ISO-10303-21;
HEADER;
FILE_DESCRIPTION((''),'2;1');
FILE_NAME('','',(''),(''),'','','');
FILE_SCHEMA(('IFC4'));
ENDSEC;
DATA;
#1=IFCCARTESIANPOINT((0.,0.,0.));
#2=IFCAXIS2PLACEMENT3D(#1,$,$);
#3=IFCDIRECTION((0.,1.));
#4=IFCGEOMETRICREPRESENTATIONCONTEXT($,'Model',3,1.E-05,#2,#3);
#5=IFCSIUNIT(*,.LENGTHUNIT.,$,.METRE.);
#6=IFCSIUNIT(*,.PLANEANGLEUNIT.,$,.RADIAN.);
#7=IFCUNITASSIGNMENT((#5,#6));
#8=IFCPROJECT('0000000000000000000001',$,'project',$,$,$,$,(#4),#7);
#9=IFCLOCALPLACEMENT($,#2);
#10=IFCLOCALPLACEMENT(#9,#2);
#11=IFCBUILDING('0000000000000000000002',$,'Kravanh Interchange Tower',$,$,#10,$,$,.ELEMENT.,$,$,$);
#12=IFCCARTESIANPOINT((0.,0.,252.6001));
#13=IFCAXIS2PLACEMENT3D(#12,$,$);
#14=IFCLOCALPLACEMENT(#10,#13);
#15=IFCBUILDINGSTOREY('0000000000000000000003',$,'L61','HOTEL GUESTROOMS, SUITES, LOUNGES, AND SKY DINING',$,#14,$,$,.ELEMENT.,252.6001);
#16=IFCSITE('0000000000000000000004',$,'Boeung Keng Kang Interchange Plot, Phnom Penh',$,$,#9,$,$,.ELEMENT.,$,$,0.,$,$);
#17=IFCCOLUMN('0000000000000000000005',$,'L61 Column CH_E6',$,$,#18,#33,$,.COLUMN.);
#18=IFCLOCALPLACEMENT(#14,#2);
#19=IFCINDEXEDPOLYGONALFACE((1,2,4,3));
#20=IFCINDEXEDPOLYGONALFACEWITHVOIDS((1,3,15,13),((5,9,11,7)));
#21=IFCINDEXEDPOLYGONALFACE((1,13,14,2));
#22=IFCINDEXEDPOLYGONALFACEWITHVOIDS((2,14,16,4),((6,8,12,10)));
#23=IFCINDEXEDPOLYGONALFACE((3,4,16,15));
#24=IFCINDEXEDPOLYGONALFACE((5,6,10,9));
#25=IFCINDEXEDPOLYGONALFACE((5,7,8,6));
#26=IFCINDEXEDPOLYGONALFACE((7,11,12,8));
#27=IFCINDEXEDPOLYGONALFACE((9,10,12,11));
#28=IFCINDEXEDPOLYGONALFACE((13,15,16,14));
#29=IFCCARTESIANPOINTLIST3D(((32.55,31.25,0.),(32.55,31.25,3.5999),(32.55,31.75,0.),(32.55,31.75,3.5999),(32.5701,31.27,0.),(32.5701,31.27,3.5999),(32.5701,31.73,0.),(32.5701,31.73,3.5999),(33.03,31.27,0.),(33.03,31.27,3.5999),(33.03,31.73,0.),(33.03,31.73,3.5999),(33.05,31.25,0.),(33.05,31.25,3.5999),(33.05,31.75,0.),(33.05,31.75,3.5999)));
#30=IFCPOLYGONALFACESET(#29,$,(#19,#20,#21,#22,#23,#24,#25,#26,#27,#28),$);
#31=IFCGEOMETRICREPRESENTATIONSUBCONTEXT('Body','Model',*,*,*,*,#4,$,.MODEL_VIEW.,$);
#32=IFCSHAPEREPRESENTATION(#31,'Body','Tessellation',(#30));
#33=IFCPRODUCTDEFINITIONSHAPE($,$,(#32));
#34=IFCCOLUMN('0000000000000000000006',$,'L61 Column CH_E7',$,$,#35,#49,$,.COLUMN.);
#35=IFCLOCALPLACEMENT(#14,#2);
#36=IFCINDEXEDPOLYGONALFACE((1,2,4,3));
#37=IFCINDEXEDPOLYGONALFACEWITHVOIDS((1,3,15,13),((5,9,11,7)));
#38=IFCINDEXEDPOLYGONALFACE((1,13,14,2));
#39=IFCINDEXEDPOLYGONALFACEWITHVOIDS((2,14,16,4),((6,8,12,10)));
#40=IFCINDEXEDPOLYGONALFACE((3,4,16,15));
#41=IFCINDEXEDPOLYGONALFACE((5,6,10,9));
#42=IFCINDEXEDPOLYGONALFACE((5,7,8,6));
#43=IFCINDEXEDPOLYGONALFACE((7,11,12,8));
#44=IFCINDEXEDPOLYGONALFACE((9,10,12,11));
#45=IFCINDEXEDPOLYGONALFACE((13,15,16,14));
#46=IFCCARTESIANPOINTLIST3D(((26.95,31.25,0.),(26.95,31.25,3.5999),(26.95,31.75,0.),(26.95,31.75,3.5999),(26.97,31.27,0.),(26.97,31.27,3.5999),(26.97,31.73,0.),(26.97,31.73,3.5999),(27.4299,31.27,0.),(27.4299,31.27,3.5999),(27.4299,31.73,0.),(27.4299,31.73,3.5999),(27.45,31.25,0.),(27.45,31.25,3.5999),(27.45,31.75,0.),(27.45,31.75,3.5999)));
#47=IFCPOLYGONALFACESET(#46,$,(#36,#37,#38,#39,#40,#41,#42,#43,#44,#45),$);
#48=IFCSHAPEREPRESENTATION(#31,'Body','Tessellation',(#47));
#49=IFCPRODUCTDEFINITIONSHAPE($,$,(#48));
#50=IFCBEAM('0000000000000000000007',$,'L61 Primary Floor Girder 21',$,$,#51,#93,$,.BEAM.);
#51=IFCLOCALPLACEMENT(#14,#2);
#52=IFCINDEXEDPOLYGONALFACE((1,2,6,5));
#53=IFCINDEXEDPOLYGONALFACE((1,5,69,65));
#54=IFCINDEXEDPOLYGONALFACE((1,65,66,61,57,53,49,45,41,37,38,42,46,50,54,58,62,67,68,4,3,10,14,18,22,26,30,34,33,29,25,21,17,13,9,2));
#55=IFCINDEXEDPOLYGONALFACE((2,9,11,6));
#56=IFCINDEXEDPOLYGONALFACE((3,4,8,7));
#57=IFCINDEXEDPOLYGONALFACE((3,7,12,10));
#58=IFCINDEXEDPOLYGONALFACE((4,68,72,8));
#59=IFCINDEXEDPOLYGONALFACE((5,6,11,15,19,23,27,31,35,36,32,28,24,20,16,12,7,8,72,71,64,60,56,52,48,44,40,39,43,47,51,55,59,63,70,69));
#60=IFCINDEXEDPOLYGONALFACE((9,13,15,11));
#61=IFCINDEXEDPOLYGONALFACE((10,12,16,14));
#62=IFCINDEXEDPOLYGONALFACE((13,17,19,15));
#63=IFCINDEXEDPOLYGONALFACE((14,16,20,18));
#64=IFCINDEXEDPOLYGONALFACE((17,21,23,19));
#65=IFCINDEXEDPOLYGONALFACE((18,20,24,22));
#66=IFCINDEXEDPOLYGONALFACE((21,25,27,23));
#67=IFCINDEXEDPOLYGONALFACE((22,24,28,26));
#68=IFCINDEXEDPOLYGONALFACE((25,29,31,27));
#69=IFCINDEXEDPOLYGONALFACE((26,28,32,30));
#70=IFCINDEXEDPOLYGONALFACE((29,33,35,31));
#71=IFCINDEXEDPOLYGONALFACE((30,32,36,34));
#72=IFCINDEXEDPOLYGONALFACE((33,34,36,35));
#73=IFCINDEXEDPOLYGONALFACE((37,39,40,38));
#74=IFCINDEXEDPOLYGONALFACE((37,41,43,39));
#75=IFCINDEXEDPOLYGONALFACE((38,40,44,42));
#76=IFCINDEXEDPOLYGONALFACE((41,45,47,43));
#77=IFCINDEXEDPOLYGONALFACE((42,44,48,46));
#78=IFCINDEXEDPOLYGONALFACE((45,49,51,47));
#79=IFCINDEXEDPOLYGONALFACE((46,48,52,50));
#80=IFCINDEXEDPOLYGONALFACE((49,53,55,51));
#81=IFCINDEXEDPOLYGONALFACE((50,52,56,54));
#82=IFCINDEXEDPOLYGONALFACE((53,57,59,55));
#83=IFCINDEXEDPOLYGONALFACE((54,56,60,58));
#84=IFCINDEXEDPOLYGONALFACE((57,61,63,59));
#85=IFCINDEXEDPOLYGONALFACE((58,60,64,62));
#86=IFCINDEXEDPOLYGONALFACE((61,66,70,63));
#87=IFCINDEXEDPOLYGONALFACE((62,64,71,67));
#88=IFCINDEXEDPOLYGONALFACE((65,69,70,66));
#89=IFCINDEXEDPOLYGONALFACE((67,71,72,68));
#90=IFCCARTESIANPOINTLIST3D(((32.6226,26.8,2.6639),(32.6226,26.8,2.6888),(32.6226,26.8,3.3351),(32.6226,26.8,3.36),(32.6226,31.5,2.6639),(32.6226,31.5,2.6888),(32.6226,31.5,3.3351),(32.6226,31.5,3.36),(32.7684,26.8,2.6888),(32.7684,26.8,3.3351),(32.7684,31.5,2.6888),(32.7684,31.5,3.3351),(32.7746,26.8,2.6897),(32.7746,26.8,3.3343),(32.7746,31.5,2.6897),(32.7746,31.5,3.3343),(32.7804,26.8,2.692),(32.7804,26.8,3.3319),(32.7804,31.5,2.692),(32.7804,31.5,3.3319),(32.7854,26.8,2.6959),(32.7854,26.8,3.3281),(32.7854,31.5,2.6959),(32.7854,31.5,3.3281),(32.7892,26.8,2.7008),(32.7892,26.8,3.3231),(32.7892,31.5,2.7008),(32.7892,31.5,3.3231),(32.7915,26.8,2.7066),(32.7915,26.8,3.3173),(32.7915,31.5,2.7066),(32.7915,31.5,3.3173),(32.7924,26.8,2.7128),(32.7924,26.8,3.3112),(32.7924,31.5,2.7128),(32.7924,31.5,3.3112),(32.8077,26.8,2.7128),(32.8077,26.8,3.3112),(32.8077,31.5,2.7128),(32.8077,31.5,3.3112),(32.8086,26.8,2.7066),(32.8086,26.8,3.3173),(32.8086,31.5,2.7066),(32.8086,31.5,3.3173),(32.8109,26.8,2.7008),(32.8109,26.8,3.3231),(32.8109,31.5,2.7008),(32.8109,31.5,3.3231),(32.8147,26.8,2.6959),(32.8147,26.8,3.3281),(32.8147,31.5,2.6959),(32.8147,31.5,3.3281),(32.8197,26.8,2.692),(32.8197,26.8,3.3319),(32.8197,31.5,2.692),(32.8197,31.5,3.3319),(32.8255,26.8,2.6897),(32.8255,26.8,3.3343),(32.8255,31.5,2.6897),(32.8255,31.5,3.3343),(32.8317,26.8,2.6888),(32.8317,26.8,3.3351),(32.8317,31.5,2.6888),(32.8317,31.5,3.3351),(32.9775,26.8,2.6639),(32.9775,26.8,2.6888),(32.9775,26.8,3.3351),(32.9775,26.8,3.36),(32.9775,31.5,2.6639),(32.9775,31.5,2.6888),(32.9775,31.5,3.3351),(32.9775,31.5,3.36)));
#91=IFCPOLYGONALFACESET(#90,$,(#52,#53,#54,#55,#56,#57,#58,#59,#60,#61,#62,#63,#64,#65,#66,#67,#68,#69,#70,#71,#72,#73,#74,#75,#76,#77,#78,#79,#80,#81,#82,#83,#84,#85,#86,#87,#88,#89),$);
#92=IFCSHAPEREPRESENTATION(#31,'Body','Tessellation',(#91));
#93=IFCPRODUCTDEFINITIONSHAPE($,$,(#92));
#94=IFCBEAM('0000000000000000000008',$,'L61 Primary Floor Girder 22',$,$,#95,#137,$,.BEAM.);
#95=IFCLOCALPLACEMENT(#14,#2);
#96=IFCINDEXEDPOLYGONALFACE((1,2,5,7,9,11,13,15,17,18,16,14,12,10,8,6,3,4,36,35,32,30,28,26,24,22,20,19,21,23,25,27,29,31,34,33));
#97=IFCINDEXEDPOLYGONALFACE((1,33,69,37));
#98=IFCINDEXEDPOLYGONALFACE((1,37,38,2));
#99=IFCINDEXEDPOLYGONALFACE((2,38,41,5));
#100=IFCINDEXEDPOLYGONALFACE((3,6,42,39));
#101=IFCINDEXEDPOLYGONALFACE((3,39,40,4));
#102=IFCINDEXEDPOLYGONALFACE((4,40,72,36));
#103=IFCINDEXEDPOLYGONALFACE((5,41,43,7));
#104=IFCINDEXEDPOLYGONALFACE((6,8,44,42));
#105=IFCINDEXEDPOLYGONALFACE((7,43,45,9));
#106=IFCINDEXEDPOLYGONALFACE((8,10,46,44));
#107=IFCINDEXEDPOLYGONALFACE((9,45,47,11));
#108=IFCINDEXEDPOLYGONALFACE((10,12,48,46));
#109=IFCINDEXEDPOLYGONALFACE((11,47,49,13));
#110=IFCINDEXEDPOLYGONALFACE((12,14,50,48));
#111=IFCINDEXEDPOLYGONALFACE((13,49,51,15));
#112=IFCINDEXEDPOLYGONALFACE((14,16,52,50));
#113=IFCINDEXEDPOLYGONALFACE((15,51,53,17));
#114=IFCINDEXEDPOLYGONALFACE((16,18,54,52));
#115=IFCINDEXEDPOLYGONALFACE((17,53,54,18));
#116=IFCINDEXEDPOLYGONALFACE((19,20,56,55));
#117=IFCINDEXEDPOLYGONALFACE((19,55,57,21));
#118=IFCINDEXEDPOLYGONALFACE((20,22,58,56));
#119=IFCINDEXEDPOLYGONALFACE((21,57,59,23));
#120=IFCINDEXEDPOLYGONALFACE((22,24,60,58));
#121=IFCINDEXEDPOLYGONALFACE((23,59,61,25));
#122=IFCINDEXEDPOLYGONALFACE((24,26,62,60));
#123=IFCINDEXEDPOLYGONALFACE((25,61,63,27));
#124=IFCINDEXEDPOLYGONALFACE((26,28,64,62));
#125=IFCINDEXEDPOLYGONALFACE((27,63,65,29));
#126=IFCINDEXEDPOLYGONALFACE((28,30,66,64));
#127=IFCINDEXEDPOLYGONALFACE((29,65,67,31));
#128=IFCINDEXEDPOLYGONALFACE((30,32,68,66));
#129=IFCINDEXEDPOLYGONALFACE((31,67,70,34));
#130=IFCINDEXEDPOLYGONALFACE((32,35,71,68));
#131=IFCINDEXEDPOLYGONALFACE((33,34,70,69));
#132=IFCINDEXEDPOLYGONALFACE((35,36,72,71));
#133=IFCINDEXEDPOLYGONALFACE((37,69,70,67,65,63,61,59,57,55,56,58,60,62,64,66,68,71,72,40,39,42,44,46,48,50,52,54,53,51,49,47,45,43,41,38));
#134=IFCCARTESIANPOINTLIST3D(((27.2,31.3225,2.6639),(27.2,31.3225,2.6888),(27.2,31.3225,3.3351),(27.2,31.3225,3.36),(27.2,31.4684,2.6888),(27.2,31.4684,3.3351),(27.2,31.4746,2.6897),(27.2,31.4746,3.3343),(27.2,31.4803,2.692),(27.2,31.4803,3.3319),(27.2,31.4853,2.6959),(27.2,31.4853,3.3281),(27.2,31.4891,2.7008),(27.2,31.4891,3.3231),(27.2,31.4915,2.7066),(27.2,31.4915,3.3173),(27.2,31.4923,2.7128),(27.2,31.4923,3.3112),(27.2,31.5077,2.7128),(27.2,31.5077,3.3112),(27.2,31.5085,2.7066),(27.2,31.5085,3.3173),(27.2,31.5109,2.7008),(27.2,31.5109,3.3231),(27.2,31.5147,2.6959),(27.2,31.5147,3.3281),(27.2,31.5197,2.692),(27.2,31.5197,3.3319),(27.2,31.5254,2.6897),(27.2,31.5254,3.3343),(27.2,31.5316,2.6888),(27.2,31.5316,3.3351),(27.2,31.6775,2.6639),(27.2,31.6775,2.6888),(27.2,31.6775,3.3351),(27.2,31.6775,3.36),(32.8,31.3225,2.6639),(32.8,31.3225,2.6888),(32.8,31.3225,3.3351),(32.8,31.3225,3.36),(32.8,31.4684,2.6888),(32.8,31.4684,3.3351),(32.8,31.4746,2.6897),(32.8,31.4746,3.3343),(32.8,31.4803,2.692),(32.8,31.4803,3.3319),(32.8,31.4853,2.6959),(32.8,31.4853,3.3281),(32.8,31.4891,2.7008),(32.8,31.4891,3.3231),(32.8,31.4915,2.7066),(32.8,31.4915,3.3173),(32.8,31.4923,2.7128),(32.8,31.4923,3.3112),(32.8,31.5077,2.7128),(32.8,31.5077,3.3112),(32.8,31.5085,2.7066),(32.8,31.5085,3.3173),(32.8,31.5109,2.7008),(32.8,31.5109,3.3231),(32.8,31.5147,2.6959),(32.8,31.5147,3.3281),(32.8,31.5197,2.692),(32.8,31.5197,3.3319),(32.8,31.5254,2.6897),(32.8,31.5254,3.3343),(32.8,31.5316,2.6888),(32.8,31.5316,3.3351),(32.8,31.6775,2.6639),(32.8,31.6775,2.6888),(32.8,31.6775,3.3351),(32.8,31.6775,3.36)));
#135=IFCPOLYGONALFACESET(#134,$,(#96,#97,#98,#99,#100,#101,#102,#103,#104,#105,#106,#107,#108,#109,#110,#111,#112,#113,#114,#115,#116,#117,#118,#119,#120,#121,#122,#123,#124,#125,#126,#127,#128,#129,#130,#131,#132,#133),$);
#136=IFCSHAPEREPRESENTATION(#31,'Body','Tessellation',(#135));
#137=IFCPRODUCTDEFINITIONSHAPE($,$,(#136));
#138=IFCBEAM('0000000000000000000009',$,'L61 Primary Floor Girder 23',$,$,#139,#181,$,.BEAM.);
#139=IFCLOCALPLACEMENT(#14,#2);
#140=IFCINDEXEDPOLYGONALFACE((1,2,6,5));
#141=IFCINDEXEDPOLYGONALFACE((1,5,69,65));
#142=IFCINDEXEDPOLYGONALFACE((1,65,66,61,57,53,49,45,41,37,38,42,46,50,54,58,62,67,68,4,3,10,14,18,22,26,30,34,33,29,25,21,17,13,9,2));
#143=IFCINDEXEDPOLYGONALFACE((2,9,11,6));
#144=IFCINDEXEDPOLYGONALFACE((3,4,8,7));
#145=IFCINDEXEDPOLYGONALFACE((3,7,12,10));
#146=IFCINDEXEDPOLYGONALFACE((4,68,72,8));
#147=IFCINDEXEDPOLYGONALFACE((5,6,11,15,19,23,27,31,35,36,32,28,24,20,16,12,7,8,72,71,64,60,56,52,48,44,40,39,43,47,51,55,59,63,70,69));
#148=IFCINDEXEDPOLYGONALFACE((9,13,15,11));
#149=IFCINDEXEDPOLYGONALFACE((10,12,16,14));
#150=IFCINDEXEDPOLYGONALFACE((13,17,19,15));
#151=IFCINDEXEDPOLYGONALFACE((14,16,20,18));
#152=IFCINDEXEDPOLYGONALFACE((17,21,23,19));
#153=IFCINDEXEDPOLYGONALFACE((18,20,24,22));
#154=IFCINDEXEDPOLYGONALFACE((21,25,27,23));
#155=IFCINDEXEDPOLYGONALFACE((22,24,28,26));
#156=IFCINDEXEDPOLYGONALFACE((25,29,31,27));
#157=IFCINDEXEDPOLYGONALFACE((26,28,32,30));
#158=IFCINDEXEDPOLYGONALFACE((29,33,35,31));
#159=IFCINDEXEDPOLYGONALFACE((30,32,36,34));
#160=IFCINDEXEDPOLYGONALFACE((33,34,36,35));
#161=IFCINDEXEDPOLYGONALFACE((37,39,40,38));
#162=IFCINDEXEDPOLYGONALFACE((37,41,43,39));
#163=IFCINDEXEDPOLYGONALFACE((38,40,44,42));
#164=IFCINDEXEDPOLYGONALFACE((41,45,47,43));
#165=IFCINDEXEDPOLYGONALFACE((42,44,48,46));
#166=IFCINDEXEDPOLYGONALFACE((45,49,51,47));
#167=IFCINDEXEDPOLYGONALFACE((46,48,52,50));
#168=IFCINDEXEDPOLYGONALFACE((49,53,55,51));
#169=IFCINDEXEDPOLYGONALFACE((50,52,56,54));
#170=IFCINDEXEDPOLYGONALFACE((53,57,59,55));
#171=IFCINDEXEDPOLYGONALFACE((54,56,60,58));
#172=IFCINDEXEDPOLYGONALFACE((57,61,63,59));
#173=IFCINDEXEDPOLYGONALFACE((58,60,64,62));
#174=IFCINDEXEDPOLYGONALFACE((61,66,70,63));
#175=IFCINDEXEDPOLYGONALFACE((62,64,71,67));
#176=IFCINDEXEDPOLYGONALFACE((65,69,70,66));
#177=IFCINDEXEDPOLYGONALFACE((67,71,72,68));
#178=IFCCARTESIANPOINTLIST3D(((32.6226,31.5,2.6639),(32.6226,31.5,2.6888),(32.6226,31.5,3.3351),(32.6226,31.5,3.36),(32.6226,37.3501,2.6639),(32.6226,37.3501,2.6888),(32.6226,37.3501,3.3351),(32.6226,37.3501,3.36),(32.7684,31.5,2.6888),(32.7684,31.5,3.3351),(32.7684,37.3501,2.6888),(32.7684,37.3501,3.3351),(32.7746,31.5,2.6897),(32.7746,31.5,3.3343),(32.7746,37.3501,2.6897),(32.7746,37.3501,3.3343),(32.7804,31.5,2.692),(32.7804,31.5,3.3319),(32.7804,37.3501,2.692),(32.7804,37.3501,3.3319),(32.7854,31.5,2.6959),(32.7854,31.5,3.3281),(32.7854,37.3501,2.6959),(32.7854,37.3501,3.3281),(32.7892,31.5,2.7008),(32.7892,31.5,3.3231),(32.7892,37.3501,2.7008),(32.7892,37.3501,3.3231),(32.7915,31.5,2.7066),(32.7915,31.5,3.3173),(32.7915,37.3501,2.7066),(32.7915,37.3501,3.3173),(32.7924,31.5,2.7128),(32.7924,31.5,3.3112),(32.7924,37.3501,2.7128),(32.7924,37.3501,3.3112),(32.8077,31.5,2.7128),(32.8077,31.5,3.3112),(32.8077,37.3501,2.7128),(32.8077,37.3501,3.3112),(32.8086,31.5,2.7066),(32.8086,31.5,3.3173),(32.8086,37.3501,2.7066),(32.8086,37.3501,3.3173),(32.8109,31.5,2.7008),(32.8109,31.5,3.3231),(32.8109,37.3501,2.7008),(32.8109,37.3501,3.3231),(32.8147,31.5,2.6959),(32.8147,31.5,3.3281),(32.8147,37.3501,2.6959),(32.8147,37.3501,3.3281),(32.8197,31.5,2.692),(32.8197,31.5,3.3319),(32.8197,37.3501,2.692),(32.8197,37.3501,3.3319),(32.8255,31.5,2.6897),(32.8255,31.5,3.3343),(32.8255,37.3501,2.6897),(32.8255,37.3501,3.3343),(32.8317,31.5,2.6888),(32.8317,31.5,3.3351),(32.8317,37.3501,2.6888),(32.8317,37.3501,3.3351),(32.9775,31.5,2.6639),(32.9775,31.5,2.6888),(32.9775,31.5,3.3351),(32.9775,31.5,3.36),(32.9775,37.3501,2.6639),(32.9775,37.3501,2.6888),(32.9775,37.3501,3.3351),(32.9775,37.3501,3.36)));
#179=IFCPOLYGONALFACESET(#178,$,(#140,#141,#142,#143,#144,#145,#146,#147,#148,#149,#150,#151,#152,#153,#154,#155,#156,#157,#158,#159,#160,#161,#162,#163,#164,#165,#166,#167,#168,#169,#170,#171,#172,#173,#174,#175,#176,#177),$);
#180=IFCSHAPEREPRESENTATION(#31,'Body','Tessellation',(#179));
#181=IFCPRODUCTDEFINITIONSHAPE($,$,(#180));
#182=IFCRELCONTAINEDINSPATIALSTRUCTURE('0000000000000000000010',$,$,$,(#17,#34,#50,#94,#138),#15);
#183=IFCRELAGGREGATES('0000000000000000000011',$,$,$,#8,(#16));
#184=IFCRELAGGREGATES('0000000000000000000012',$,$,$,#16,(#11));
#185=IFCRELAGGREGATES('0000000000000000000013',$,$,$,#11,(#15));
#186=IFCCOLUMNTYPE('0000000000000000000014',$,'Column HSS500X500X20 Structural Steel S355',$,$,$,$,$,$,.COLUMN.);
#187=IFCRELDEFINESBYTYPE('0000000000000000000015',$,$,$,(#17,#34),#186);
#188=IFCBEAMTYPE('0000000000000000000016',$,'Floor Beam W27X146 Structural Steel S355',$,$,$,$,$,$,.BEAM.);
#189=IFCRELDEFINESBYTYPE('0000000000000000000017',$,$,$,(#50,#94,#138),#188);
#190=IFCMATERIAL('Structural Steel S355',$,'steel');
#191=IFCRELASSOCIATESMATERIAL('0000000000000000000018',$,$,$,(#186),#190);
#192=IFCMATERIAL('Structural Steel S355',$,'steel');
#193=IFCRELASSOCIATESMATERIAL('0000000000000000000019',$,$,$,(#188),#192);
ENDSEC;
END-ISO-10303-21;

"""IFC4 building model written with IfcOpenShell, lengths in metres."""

from ifc_helpers import new_model, si_unit, direction, frame, origin, origin_2d, place, context, subcontext, project, spatial, hollow_rectangle, i_section, extrude, material, material_profile, profile_set, type_object, element, save


model = new_model("IFC4")

# Units and contexts
model_context = context("Model", 3, precision=1e-05, world=origin(), true_north=direction((0.0, 1.0)))
body_context = subcontext(model_context, "Body", "Model", "MODEL_VIEW")
ifc_project = project(units=[si_unit("LENGTHUNIT", "METRE"), si_unit("PLANEANGLEUNIT", "RADIAN")], contexts=[model_context])

# Site, building, storey
site_placement = place(None, origin())
site = spatial("IfcSite", under=ifc_project, at=site_placement, Name="Boeung Keng Kang Interchange Plot, Phnom Penh", CompositionType="ELEMENT", RefElevation=0.0)
building_placement = place(site_placement, origin())
building = spatial("IfcBuilding", under=site, at=building_placement, Name="Kravanh Interchange Tower", CompositionType="ELEMENT")
storey_placement = place(building_placement, frame((0.0, 0.0, 252.6001)))
storey = spatial("IfcBuildingStorey", under=building, at=storey_placement, Name="L61", Description="HOTEL GUESTROOMS, SUITES, LOUNGES, AND SKY DINING", CompositionType="ELEMENT", Elevation=252.6001)

# Columns
ifc_material_1 = material(Name="Structural Steel S355", Category="steel")
ifc_material_profile_1 = material_profile(ifc_material_1, hollow_rectangle(XDim=0.5, YDim=0.5, WallThickness=0.02, at=origin_2d()), Name="HSS500X500X20")
ifc_profile_set_1 = profile_set([ifc_material_profile_1], Name="Structural Steel S355")
column_type = type_object("IfcColumnType", Name="Column HSS500X500X20 Structural Steel S355", PredefinedType="COLUMN", material=ifc_profile_set_1)
for number, where, z_axis, x_axis, name in (
    (1, (32.8, 31.5, 0.0), (0.0, 0.0, 1.0), (1.0, 0.0, 0.0), "L61 Column CH_E6"),
    (2, (27.2, 31.5, 0.0), (0.0, 0.0, 1.0), (1.0, 0.0, 0.0), "L61 Column CH_E7"),
):
    element("IfcColumn", number, at=place(storey_placement, frame(where, z_axis=z_axis, x_axis=x_axis)), inside=storey, type_object=column_type, Name=name, PredefinedType="COLUMN", context=body_context, shape_type="SweptSolid", body=[
        extrude(hollow_rectangle(XDim=0.5, YDim=0.5, WallThickness=0.02, at=origin_2d()), origin(), (0.0, 0.0, 1.0), 3.5999),
    ])

# Beams
ifc_material_2 = material(Name="Structural Steel S355", Category="steel")
ifc_material_profile_2 = material_profile(ifc_material_2, i_section(OverallWidth=0.355, OverallDepth=0.696, WebThickness=0.0154, FlangeThickness=0.0249, FilletRadius=0.0239, at=origin_2d()), Name="W27X146")
ifc_profile_set_2 = profile_set([ifc_material_profile_2], Name="Structural Steel S355")
beam_type_1 = type_object("IfcBeamType", Name="Floor Beam W27X146 Structural Steel S355", PredefinedType="BEAM", material=ifc_profile_set_2)
beam_1_placement = place(storey_placement, frame((32.8, 31.5, 3.012), z_axis=(0.0, -1.0, 0.0), x_axis=(1.0, 0.0, 0.0)))
element("IfcBeam", 3, at=beam_1_placement, inside=storey, type_object=beam_type_1, Name="L61 Primary Floor Girder 21", PredefinedType="BEAM", context=body_context, shape_type="SweptSolid", body=[
    extrude(i_section(OverallWidth=0.355, OverallDepth=0.696, WebThickness=0.0154, FlangeThickness=0.0249, FilletRadius=0.0239, at=origin_2d()), origin(), (0.0, 0.0, 1.0), 4.7),
])
beam_2_placement = place(storey_placement, frame((32.8, 31.5, 3.012), z_axis=(-1.0, 0.0, 0.0), x_axis=(0.0, -1.0, 0.0)))
element("IfcBeam", 4, at=beam_2_placement, inside=storey, type_object=beam_type_1, Name="L61 Primary Floor Girder 22", PredefinedType="BEAM", context=body_context, shape_type="SweptSolid", body=[
    extrude(i_section(OverallWidth=0.355, OverallDepth=0.696, WebThickness=0.0154, FlangeThickness=0.0249, FilletRadius=0.0239, at=origin_2d()), origin(), (0.0, 0.0, 1.0), 5.6001),
])
beam_3_placement = place(storey_placement, frame((32.8, 31.5, 3.012), z_axis=(0.0, 1.0, 0.0), x_axis=(-1.0, 0.0, 0.0)))
element("IfcBeam", 5, at=beam_3_placement, inside=storey, type_object=beam_type_1, Name="L61 Primary Floor Girder 23", PredefinedType="BEAM", context=body_context, shape_type="SweptSolid", body=[
    extrude(i_section(OverallWidth=0.355, OverallDepth=0.696, WebThickness=0.0154, FlangeThickness=0.0249, FilletRadius=0.0239, at=origin_2d()), origin(), (0.0, 0.0, 1.0), 5.8501),
])

save(model, "model.ifc")
